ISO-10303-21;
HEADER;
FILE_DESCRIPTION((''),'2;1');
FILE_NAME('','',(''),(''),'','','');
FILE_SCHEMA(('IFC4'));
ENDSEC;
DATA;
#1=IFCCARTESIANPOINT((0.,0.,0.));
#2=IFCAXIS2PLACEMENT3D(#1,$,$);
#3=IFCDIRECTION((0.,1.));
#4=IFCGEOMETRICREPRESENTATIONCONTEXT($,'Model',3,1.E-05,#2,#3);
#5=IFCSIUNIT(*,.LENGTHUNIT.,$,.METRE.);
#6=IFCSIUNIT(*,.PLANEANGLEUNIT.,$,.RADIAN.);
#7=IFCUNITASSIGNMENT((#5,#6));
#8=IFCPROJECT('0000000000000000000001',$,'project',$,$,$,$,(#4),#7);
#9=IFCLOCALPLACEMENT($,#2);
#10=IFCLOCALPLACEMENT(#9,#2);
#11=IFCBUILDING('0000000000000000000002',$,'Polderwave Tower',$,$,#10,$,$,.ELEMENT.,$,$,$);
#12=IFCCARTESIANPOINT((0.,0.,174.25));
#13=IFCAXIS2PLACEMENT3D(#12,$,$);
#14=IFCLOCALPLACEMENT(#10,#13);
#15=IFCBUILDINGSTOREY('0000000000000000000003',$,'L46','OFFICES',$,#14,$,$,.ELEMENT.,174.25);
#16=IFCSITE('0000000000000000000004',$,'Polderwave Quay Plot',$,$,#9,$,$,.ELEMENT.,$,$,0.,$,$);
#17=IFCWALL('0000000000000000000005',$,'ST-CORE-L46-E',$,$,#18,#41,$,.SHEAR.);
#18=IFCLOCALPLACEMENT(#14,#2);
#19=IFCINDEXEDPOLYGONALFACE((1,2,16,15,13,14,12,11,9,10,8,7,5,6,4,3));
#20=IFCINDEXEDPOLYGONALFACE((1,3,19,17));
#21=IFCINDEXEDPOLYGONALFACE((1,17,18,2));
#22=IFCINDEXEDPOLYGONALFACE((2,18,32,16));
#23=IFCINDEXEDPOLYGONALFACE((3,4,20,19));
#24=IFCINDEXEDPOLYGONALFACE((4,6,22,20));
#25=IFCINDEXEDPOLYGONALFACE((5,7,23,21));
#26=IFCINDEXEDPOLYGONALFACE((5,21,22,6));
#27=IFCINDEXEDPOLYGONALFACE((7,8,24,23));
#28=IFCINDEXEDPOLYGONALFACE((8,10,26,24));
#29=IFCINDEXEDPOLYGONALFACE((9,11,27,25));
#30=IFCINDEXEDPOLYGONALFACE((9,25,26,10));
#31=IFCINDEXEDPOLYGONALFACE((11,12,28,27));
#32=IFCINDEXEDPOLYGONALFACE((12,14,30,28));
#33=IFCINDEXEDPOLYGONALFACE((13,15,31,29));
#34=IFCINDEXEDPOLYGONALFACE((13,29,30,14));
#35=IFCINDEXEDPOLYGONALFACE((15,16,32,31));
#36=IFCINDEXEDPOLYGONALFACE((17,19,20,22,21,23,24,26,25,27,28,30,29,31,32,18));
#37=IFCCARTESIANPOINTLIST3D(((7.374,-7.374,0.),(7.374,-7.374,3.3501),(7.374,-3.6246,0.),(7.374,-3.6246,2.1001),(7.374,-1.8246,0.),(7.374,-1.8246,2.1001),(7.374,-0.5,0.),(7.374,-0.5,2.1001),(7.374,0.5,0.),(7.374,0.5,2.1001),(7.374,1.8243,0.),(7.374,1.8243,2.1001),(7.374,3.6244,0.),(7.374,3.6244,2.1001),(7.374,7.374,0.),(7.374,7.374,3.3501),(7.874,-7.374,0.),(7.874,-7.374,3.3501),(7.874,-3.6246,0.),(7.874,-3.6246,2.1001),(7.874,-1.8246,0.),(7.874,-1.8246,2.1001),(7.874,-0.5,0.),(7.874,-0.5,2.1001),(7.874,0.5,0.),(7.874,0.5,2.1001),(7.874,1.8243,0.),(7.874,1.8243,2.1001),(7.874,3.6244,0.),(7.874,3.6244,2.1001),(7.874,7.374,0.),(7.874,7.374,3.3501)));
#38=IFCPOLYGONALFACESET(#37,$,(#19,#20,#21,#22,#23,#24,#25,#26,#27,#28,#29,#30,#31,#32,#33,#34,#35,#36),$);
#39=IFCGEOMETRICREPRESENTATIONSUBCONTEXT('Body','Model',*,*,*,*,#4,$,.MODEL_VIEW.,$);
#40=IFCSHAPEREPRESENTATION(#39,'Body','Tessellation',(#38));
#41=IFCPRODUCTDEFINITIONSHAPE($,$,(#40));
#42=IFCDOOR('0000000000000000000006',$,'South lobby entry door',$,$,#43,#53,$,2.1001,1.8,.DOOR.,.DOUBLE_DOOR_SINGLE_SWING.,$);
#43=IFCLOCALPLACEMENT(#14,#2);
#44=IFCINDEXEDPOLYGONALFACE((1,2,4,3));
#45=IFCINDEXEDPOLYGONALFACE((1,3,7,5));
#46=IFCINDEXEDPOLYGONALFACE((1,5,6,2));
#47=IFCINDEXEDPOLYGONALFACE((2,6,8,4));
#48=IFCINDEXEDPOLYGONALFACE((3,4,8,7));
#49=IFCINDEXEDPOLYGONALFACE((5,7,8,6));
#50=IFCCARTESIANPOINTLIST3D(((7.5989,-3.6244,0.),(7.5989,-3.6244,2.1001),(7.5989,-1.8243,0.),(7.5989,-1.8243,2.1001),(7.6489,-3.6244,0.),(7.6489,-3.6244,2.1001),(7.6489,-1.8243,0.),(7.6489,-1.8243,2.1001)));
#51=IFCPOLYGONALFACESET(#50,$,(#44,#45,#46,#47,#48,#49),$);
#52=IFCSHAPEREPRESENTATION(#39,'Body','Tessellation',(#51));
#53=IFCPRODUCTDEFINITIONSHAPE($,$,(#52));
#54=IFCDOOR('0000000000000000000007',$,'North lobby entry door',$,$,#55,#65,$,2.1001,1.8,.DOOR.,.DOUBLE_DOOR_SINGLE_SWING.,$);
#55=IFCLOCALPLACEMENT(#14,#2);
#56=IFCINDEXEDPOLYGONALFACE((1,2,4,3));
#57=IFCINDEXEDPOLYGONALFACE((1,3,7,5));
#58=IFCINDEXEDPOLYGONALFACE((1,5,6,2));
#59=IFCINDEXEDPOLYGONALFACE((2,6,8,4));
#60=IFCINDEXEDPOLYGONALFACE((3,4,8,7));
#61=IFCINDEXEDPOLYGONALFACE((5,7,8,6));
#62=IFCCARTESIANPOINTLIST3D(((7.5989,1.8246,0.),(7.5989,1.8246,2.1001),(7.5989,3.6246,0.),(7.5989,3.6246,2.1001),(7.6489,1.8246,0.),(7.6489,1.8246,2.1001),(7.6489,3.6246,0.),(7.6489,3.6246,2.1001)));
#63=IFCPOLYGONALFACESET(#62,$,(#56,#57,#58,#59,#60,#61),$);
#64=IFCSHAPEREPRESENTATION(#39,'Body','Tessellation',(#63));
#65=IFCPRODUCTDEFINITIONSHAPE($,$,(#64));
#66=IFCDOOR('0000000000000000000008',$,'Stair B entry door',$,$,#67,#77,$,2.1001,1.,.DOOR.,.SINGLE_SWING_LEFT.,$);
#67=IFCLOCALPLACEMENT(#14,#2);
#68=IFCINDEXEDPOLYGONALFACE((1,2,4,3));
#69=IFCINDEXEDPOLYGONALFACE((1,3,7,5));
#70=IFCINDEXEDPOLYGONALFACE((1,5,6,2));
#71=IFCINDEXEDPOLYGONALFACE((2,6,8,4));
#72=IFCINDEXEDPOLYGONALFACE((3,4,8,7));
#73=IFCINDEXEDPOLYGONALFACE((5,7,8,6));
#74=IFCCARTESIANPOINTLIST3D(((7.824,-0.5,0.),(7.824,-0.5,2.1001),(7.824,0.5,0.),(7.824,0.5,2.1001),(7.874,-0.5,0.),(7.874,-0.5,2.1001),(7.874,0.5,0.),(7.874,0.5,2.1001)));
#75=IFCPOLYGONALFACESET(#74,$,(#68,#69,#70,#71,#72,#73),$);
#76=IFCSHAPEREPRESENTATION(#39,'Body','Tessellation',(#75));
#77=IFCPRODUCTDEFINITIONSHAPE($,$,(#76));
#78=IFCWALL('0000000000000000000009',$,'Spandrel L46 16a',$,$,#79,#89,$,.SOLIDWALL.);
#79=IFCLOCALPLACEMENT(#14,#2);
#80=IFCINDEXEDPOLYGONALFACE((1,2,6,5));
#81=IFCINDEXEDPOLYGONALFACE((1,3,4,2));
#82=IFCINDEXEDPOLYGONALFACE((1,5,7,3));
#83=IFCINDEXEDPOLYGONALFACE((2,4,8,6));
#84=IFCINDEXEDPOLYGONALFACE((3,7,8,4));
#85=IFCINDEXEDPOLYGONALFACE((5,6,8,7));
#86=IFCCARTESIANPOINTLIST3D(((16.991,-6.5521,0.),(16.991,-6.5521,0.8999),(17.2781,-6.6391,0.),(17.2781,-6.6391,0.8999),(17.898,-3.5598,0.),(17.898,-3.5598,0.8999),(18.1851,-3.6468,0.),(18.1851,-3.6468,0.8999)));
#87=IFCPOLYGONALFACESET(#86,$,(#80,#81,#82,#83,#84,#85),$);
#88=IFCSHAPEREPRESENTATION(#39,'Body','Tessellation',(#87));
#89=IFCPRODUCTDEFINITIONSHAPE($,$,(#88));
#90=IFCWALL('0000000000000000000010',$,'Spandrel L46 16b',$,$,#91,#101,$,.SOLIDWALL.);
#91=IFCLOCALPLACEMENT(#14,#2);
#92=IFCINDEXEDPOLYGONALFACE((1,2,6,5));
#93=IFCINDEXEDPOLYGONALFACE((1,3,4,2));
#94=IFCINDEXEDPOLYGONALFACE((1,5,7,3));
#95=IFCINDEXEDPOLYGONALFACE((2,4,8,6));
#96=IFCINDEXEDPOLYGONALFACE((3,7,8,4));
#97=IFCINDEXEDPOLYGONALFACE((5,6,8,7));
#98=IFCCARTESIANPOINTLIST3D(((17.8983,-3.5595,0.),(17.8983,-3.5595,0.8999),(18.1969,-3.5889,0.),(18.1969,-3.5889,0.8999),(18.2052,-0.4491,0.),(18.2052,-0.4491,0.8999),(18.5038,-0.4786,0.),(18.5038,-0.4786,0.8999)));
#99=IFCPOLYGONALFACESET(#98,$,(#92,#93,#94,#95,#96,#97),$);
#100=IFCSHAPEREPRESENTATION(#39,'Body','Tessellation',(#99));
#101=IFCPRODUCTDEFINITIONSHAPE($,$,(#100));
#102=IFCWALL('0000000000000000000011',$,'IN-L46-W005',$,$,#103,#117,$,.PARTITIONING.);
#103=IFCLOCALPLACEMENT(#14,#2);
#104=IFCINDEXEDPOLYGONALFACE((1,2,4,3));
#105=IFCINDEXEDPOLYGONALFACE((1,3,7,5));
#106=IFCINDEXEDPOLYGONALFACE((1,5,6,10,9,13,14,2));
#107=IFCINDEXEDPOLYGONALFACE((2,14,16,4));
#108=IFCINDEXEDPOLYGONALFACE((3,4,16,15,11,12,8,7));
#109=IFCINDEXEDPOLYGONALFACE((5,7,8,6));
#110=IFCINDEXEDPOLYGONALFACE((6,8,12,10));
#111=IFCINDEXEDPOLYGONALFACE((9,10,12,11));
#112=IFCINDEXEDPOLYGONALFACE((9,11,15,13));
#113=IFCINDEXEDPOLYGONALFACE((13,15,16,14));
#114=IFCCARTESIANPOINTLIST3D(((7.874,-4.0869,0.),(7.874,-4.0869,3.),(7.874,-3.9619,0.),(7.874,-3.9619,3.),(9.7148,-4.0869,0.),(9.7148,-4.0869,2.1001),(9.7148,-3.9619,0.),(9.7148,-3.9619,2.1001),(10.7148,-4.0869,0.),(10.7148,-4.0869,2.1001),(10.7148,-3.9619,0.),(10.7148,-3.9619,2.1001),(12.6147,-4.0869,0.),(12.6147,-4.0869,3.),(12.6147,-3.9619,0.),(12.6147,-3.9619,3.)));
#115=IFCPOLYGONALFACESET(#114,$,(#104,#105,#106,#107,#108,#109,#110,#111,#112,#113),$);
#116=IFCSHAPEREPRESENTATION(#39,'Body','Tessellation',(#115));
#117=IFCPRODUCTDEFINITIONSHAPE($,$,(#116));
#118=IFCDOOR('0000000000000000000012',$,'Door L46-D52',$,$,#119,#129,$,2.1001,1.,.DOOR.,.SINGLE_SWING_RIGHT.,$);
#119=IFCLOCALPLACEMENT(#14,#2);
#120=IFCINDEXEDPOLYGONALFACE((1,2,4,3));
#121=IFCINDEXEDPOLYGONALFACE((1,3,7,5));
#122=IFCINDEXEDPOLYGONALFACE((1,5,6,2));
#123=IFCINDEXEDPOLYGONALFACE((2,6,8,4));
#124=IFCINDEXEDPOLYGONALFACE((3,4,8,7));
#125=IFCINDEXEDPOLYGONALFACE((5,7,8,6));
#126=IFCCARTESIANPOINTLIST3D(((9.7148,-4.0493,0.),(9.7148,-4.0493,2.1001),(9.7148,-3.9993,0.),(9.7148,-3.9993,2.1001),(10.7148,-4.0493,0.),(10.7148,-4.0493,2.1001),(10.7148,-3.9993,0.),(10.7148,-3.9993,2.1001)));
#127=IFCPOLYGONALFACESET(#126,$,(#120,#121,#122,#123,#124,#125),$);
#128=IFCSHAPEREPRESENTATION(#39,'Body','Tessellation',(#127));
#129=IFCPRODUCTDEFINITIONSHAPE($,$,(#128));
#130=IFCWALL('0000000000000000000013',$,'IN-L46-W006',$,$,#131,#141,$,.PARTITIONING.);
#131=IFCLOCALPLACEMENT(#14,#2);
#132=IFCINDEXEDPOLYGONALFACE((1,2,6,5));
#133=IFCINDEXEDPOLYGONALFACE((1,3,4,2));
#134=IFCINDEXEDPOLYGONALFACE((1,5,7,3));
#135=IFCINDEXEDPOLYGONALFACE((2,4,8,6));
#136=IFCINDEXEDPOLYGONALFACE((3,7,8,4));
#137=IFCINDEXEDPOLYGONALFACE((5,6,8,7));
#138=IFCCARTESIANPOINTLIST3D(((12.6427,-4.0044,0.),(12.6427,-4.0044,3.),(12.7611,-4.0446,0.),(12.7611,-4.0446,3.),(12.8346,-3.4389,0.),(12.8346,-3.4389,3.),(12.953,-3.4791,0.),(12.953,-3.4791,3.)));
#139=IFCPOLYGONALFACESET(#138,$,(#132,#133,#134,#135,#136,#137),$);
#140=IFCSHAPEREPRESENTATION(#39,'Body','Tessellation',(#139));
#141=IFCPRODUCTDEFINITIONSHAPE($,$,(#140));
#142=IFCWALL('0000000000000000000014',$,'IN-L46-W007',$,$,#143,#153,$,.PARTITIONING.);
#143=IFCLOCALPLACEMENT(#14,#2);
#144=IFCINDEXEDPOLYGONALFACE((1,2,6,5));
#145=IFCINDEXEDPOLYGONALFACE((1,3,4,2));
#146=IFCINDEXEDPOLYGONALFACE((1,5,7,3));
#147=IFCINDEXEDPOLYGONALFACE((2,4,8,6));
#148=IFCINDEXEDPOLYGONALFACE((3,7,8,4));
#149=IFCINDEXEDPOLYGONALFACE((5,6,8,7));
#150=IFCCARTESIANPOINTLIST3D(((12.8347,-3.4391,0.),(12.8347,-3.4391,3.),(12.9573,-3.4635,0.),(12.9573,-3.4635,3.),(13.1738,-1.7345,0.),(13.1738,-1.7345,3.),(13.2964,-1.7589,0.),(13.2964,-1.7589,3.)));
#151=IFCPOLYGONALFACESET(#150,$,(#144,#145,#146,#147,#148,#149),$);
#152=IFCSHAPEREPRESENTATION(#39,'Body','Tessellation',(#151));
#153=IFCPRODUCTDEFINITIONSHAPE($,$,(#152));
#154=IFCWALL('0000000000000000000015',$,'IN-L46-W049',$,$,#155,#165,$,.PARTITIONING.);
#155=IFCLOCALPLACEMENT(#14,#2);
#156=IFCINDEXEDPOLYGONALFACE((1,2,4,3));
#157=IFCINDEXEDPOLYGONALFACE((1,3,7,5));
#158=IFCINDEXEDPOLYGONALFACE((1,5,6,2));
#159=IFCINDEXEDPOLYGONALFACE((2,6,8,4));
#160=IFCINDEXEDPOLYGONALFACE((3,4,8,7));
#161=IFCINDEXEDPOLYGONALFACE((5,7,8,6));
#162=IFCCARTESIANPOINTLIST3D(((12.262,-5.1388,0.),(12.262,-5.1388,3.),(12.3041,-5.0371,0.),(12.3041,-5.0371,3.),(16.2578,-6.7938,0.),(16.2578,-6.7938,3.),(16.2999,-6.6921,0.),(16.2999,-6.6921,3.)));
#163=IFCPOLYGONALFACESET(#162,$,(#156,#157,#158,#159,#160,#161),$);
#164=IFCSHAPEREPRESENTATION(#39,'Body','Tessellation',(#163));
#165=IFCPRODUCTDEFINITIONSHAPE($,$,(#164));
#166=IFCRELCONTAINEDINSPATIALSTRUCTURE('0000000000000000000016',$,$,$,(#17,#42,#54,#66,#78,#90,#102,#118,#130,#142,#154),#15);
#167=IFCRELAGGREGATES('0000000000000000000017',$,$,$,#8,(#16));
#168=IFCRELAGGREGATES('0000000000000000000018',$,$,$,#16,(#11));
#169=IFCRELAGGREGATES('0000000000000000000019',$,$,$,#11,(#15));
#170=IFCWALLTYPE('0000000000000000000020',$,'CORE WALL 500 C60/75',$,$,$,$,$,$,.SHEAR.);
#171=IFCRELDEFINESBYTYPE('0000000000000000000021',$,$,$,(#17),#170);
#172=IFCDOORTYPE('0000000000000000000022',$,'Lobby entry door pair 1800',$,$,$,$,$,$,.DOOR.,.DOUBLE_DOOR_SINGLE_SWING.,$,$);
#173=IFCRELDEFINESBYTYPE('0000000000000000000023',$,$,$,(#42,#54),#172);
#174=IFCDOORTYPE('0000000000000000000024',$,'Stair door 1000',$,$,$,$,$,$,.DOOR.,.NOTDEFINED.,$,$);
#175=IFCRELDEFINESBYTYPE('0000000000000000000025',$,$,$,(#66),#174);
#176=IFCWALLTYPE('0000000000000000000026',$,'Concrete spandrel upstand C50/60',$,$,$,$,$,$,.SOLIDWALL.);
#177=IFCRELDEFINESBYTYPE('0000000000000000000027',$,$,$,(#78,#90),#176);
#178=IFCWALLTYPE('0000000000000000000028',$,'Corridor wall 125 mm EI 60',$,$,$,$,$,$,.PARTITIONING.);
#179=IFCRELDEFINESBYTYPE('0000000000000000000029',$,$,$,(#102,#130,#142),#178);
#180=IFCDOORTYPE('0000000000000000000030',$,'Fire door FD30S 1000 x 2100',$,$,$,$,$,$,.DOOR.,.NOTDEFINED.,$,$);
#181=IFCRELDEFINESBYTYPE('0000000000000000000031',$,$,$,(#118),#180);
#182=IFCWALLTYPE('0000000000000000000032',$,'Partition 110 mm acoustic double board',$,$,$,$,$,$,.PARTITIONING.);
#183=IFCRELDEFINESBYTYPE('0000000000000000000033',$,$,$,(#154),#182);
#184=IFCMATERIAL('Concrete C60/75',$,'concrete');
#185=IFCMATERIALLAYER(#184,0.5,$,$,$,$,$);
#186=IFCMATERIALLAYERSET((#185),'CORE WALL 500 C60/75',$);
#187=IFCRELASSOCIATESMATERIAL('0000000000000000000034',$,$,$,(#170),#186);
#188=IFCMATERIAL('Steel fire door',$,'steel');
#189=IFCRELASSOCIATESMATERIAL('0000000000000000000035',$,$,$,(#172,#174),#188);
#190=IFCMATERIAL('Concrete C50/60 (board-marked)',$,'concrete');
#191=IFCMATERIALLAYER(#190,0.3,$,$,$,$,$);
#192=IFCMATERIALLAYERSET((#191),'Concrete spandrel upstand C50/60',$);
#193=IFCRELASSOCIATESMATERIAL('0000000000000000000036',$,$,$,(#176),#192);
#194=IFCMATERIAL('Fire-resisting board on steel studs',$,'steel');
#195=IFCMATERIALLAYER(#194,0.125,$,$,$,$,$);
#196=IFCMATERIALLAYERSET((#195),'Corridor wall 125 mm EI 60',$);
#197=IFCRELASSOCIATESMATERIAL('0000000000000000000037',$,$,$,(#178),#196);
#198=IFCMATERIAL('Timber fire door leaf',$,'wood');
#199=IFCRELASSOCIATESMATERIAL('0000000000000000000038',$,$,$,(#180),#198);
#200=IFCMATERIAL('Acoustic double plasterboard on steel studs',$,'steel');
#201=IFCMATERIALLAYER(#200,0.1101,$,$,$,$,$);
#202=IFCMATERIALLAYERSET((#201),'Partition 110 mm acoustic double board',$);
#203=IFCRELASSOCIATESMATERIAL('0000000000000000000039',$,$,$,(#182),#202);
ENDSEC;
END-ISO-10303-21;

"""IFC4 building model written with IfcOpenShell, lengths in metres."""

from ifc_helpers import new_model, si_unit, direction, frame, frame_2d, origin, place, context, subcontext, project, spatial, rectangle, extrude, material, layer, layer_set, type_object, element, fill, save


model = new_model("IFC4")

# Units and contexts
model_context = context("Model", 3, precision=1e-05, world=origin(), true_north=direction((0.0, 1.0)))
body_context = subcontext(model_context, "Body", "Model", "MODEL_VIEW")
ifc_project = project(units=[si_unit("LENGTHUNIT", "METRE"), si_unit("PLANEANGLEUNIT", "RADIAN")], contexts=[model_context])

# Site, building, storey
site_placement = place(None, origin())
site = spatial("IfcSite", under=ifc_project, at=site_placement, Name="Polderwave Quay Plot", CompositionType="ELEMENT", RefElevation=0.0)
building_placement = place(site_placement, origin())
building = spatial("IfcBuilding", under=site, at=building_placement, Name="Polderwave Tower", CompositionType="ELEMENT")
storey_placement = place(building_placement, frame((0.0, 0.0, 174.25)))
storey = spatial("IfcBuildingStorey", under=building, at=storey_placement, Name="L46", Description="OFFICES", CompositionType="ELEMENT", Elevation=174.25)

# Shared definitions
ifc_material_1 = material(Name="Concrete C60/75", Category="concrete")

# Wall, openings, doors
ifc_layer_1 = layer(ifc_material_1, 0.5)
ifc_layer_set_1 = layer_set([ifc_layer_1], Name="CORE WALL 500 C60/75")
wall_type_1 = type_object("IfcWallType", Name="CORE WALL 500 C60/75", PredefinedType="SHEAR", material=ifc_layer_set_1)
wall_1_placement = place(storey_placement, frame((7.624, -7.374, 0.0), z_axis=(0.0, 0.0, 1.0), x_axis=(0.0, 1.0, 0.0)))
wall_1 = element("IfcWall", 1, at=wall_1_placement, inside=storey, type_object=wall_type_1, Name="ST-CORE-L46-E", PredefinedType="SHEAR", context=body_context, shape_type="SweptSolid", body=[
    extrude(rectangle(XDim=14.748, YDim=0.5, at=frame_2d((7.374, 0.0))), origin(), (0.0, 0.0, 1.0), 3.3501),
])
opening_1_placement = place(wall_1_placement, frame((6.874, 0.0, 0.0)))
opening_1 = element("IfcOpeningElement", 2, at=opening_1_placement, cuts=wall_1, PredefinedType="OPENING", context=body_context, shape_type="SweptSolid", body=[
    extrude(rectangle(XDim=1.0, YDim=2.1001, at=frame_2d((0.5, 1.05))), frame((0.0, 0.26, 0.0), z_axis=(0.0, -1.0, 0.0), x_axis=(1.0, 0.0, 0.0)), (0.0, 0.0, 1.0), 0.52),
])
opening_2_placement = place(wall_1_placement, frame((3.7495, 0.0, 0.0)))
opening_2 = element("IfcOpeningElement", 3, at=opening_2_placement, cuts=wall_1, PredefinedType="OPENING", context=body_context, shape_type="SweptSolid", body=[
    extrude(rectangle(XDim=1.8, YDim=2.1001, at=frame_2d((0.8999, 1.05))), frame((0.0, 0.26, 0.0), z_axis=(0.0, -1.0, 0.0), x_axis=(1.0, 0.0, 0.0)), (0.0, 0.0, 1.0), 0.52),
])
opening_3_placement = place(wall_1_placement, frame((9.1985, 0.0, 0.0)))
opening_3 = element("IfcOpeningElement", 4, at=opening_3_placement, cuts=wall_1, PredefinedType="OPENING", context=body_context, shape_type="SweptSolid", body=[
    extrude(rectangle(XDim=1.8, YDim=2.1001, at=frame_2d((0.8999, 1.05))), frame((0.0, 0.26, 0.0), z_axis=(0.0, -1.0, 0.0), x_axis=(1.0, 0.0, 0.0)), (0.0, 0.0, 1.0), 0.52),
])
ifc_material_2 = material(Name="Steel fire door", Category="steel")
door_type_1 = type_object("IfcDoorType", Name="Lobby entry door pair 1800", OperationType="DOUBLE_DOOR_SINGLE_SWING", PredefinedType="DOOR", material=ifc_material_2)
door_1_placement = place(opening_2_placement, frame((1.8, 0.0, 0.0), z_axis=(0.0, 0.0, 1.0), x_axis=(-1.0, 0.0, 0.0)))
door_1 = element("IfcDoor", 5, at=door_1_placement, inside=storey, type_object=door_type_1, Name="South lobby entry door", OperationType="DOUBLE_DOOR_SINGLE_SWING", OverallHeight=2.1001, OverallWidth=1.8, PredefinedType="DOOR", context=body_context, shape_type="SweptSolid", body=[
    extrude(rectangle(XDim=1.8, YDim=2.1001, at=frame_2d((0.8999, 1.05))), frame((0.0, 0.0249, 0.0), z_axis=(0.0, -1.0, 0.0), x_axis=(1.0, 0.0, 0.0)), (0.0, 0.0, 1.0), 0.05),
])
fill(opening_2, door_1)
door_2_placement = place(opening_3_placement, frame((1.8, 0.0, 0.0), z_axis=(0.0, 0.0, 1.0), x_axis=(-1.0, 0.0, 0.0)))
door_2 = element("IfcDoor", 6, at=door_2_placement, inside=storey, type_object=door_type_1, Name="North lobby entry door", OperationType="DOUBLE_DOOR_SINGLE_SWING", OverallHeight=2.1001, OverallWidth=1.8, PredefinedType="DOOR", context=body_context, shape_type="SweptSolid", body=[
    extrude(rectangle(XDim=1.8, YDim=2.1001, at=frame_2d((0.8999, 1.05))), frame((0.0, 0.0249, 0.0), z_axis=(0.0, -1.0, 0.0), x_axis=(1.0, 0.0, 0.0)), (0.0, 0.0, 1.0), 0.05),
])
fill(opening_3, door_2)
door_type_2 = type_object("IfcDoorType", Name="Stair door 1000", OperationType="NOTDEFINED", PredefinedType="DOOR", material=ifc_material_2)
door_3_placement = place(opening_1_placement, frame((1.0, 0.0, 0.0), z_axis=(0.0, 0.0, 1.0), x_axis=(-1.0, 0.0, 0.0)))
door_3 = element("IfcDoor", 7, at=door_3_placement, inside=storey, type_object=door_type_2, Name="Stair B entry door", OperationType="SINGLE_SWING_LEFT", OverallHeight=2.1001, OverallWidth=1.0, PredefinedType="DOOR", context=body_context, shape_type="SweptSolid", body=[
    extrude(rectangle(XDim=1.0, YDim=2.1001, at=frame_2d((0.5, 1.05))), frame((0.0, 0.25, 0.0), z_axis=(0.0, -1.0, 0.0), x_axis=(1.0, 0.0, 0.0)), (0.0, 0.0, 1.0), 0.05),
])
fill(opening_1, door_3)

# Walls
ifc_material_3 = material(Name="Concrete C50/60 (board-marked)", Category="concrete")
ifc_layer_2 = layer(ifc_material_3, 0.3)
ifc_layer_set_2 = layer_set([ifc_layer_2], Name="Concrete spandrel upstand C50/60")
wall_type_2 = type_object("IfcWallType", Name="Concrete spandrel upstand C50/60", PredefinedType="SOLIDWALL", material=ifc_layer_set_2)
wall_2_placement = place(storey_placement, frame((17.1345, -6.5957, 0.0), z_axis=(0.0, 0.0, 1.0), x_axis=(0.290083, 0.957001, 0.0)))
element("IfcWall", 8, at=wall_2_placement, inside=storey, type_object=wall_type_2, Name="Spandrel L46 16a", PredefinedType="SOLIDWALL", context=body_context, shape_type="SweptSolid", body=[
    extrude(rectangle(XDim=3.1267, YDim=0.3, at=frame_2d((1.5635, 0.0))), origin(), (0.0, 0.0, 1.0), 0.8999),
])
wall_3_placement = place(storey_placement, frame((18.0476, -3.5742, 0.0), z_axis=(0.0, 0.0, 1.0), x_axis=(0.098189, 0.995168, 0.0)))
element("IfcWall", 9, at=wall_3_placement, inside=storey, type_object=wall_type_2, Name="Spandrel L46 16b", PredefinedType="SOLIDWALL", context=body_context, shape_type="SweptSolid", body=[
    extrude(rectangle(XDim=3.1255, YDim=0.3, at=frame_2d((1.5627, 0.0))), origin(), (0.0, 0.0, 1.0), 0.8999),
])

# Wall, opening, door
ifc_material_4 = material(Name="Fire-resisting board on steel studs", Category="steel")
ifc_layer_3 = layer(ifc_material_4, 0.125)
ifc_layer_set_3 = layer_set([ifc_layer_3], Name="Corridor wall 125 mm EI 60")
wall_type_3 = type_object("IfcWallType", Name="Corridor wall 125 mm EI 60", PredefinedType="PARTITIONING", material=ifc_layer_set_3)
wall_4_placement = place(storey_placement, frame((12.6147, -4.0244, 0.0), z_axis=(0.0, 0.0, 1.0), x_axis=(-1.0, 0.0, 0.0)))
wall_4 = element("IfcWall", 10, at=wall_4_placement, inside=storey, type_object=wall_type_3, Name="IN-L46-W005", PredefinedType="PARTITIONING", context=body_context, shape_type="SweptSolid", body=[
    extrude(rectangle(XDim=4.7407, YDim=0.125, at=frame_2d((2.3704, 0.0))), origin(), (0.0, 0.0, 1.0), 3.0),
])
opening_4_placement = place(wall_4_placement, frame((1.8999, 0.0, 0.0)))
opening_4 = element("IfcOpeningElement", 11, at=opening_4_placement, cuts=wall_4, PredefinedType="OPENING", context=body_context, shape_type="SweptSolid", body=[
    extrude(rectangle(XDim=1.0, YDim=2.1001, at=frame_2d((0.5, 1.05))), frame((0.0, 0.0725, 0.0), z_axis=(0.0, -1.0, 0.0), x_axis=(1.0, 0.0, 0.0)), (0.0, 0.0, 1.0), 0.145),
])
ifc_material_5 = material(Name="Timber fire door leaf", Category="wood")
door_type_3 = type_object("IfcDoorType", Name="Fire door FD30S 1000 x 2100", OperationType="NOTDEFINED", PredefinedType="DOOR", material=ifc_material_5)
door_4_placement = place(opening_4_placement, origin())
door_4 = element("IfcDoor", 12, at=door_4_placement, inside=storey, type_object=door_type_3, Name="Door L46-D52", OperationType="SINGLE_SWING_RIGHT", OverallHeight=2.1001, OverallWidth=1.0, PredefinedType="DOOR", context=body_context, shape_type="SweptSolid", body=[
    extrude(rectangle(XDim=1.0, YDim=2.1001, at=frame_2d((0.5, 1.05))), frame((0.0, 0.0249, 0.0), z_axis=(0.0, -1.0, 0.0), x_axis=(1.0, 0.0, 0.0)), (0.0, 0.0, 1.0), 0.05),
])
fill(opening_4, door_4)

# Walls
wall_5_placement = place(storey_placement, frame((12.8938, -3.459, 0.0), z_axis=(0.0, 0.0, 1.0), x_axis=(-0.321375, -0.946952, 0.0)))
element("IfcWall", 13, at=wall_5_placement, inside=storey, type_object=wall_type_3, Name="IN-L46-W006", PredefinedType="PARTITIONING", context=body_context, shape_type="SweptSolid", body=[
    extrude(rectangle(XDim=0.5972, YDim=0.125, at=frame_2d((0.2986, 0.0))), origin(), (0.0, 0.0, 1.0), 3.0),
])
wall_6_placement = place(storey_placement, frame((13.2351, -1.7466, 0.0), z_axis=(0.0, 0.0, 1.0), x_axis=(-0.195117, -0.98078, 0.0)))
element("IfcWall", 14, at=wall_6_placement, inside=storey, type_object=wall_type_3, Name="IN-L46-W007", PredefinedType="PARTITIONING", context=body_context, shape_type="SweptSolid", body=[
    extrude(rectangle(XDim=1.738, YDim=0.125, at=frame_2d((0.8691, 0.0))), origin(), (0.0, 0.0, 1.0), 3.0),
])
ifc_material_6 = material(Name="Acoustic double plasterboard on steel studs", Category="steel")
ifc_layer_4 = layer(ifc_material_6, 0.1101)
ifc_layer_set_4 = layer_set([ifc_layer_4], Name="Partition 110 mm acoustic double board")
wall_type_4 = type_object("IfcWallType", Name="Partition 110 mm acoustic double board", PredefinedType="PARTITIONING", material=ifc_layer_set_4)
wall_7_placement = place(storey_placement, frame((12.283, -5.0879, 0.0), z_axis=(0.0, 0.0, 1.0), x_axis=(0.923888, -0.382663, 0.0)))
element("IfcWall", 15, at=wall_7_placement, inside=storey, type_object=wall_type_4, Name="IN-L46-W049", PredefinedType="PARTITIONING", context=body_context, shape_type="SweptSolid", body=[
    extrude(rectangle(XDim=4.325, YDim=0.1101, at=frame_2d((2.1626, 0.0))), origin(), (0.0, 0.0, 1.0), 3.0),
])

save(model, "model.ifc")
